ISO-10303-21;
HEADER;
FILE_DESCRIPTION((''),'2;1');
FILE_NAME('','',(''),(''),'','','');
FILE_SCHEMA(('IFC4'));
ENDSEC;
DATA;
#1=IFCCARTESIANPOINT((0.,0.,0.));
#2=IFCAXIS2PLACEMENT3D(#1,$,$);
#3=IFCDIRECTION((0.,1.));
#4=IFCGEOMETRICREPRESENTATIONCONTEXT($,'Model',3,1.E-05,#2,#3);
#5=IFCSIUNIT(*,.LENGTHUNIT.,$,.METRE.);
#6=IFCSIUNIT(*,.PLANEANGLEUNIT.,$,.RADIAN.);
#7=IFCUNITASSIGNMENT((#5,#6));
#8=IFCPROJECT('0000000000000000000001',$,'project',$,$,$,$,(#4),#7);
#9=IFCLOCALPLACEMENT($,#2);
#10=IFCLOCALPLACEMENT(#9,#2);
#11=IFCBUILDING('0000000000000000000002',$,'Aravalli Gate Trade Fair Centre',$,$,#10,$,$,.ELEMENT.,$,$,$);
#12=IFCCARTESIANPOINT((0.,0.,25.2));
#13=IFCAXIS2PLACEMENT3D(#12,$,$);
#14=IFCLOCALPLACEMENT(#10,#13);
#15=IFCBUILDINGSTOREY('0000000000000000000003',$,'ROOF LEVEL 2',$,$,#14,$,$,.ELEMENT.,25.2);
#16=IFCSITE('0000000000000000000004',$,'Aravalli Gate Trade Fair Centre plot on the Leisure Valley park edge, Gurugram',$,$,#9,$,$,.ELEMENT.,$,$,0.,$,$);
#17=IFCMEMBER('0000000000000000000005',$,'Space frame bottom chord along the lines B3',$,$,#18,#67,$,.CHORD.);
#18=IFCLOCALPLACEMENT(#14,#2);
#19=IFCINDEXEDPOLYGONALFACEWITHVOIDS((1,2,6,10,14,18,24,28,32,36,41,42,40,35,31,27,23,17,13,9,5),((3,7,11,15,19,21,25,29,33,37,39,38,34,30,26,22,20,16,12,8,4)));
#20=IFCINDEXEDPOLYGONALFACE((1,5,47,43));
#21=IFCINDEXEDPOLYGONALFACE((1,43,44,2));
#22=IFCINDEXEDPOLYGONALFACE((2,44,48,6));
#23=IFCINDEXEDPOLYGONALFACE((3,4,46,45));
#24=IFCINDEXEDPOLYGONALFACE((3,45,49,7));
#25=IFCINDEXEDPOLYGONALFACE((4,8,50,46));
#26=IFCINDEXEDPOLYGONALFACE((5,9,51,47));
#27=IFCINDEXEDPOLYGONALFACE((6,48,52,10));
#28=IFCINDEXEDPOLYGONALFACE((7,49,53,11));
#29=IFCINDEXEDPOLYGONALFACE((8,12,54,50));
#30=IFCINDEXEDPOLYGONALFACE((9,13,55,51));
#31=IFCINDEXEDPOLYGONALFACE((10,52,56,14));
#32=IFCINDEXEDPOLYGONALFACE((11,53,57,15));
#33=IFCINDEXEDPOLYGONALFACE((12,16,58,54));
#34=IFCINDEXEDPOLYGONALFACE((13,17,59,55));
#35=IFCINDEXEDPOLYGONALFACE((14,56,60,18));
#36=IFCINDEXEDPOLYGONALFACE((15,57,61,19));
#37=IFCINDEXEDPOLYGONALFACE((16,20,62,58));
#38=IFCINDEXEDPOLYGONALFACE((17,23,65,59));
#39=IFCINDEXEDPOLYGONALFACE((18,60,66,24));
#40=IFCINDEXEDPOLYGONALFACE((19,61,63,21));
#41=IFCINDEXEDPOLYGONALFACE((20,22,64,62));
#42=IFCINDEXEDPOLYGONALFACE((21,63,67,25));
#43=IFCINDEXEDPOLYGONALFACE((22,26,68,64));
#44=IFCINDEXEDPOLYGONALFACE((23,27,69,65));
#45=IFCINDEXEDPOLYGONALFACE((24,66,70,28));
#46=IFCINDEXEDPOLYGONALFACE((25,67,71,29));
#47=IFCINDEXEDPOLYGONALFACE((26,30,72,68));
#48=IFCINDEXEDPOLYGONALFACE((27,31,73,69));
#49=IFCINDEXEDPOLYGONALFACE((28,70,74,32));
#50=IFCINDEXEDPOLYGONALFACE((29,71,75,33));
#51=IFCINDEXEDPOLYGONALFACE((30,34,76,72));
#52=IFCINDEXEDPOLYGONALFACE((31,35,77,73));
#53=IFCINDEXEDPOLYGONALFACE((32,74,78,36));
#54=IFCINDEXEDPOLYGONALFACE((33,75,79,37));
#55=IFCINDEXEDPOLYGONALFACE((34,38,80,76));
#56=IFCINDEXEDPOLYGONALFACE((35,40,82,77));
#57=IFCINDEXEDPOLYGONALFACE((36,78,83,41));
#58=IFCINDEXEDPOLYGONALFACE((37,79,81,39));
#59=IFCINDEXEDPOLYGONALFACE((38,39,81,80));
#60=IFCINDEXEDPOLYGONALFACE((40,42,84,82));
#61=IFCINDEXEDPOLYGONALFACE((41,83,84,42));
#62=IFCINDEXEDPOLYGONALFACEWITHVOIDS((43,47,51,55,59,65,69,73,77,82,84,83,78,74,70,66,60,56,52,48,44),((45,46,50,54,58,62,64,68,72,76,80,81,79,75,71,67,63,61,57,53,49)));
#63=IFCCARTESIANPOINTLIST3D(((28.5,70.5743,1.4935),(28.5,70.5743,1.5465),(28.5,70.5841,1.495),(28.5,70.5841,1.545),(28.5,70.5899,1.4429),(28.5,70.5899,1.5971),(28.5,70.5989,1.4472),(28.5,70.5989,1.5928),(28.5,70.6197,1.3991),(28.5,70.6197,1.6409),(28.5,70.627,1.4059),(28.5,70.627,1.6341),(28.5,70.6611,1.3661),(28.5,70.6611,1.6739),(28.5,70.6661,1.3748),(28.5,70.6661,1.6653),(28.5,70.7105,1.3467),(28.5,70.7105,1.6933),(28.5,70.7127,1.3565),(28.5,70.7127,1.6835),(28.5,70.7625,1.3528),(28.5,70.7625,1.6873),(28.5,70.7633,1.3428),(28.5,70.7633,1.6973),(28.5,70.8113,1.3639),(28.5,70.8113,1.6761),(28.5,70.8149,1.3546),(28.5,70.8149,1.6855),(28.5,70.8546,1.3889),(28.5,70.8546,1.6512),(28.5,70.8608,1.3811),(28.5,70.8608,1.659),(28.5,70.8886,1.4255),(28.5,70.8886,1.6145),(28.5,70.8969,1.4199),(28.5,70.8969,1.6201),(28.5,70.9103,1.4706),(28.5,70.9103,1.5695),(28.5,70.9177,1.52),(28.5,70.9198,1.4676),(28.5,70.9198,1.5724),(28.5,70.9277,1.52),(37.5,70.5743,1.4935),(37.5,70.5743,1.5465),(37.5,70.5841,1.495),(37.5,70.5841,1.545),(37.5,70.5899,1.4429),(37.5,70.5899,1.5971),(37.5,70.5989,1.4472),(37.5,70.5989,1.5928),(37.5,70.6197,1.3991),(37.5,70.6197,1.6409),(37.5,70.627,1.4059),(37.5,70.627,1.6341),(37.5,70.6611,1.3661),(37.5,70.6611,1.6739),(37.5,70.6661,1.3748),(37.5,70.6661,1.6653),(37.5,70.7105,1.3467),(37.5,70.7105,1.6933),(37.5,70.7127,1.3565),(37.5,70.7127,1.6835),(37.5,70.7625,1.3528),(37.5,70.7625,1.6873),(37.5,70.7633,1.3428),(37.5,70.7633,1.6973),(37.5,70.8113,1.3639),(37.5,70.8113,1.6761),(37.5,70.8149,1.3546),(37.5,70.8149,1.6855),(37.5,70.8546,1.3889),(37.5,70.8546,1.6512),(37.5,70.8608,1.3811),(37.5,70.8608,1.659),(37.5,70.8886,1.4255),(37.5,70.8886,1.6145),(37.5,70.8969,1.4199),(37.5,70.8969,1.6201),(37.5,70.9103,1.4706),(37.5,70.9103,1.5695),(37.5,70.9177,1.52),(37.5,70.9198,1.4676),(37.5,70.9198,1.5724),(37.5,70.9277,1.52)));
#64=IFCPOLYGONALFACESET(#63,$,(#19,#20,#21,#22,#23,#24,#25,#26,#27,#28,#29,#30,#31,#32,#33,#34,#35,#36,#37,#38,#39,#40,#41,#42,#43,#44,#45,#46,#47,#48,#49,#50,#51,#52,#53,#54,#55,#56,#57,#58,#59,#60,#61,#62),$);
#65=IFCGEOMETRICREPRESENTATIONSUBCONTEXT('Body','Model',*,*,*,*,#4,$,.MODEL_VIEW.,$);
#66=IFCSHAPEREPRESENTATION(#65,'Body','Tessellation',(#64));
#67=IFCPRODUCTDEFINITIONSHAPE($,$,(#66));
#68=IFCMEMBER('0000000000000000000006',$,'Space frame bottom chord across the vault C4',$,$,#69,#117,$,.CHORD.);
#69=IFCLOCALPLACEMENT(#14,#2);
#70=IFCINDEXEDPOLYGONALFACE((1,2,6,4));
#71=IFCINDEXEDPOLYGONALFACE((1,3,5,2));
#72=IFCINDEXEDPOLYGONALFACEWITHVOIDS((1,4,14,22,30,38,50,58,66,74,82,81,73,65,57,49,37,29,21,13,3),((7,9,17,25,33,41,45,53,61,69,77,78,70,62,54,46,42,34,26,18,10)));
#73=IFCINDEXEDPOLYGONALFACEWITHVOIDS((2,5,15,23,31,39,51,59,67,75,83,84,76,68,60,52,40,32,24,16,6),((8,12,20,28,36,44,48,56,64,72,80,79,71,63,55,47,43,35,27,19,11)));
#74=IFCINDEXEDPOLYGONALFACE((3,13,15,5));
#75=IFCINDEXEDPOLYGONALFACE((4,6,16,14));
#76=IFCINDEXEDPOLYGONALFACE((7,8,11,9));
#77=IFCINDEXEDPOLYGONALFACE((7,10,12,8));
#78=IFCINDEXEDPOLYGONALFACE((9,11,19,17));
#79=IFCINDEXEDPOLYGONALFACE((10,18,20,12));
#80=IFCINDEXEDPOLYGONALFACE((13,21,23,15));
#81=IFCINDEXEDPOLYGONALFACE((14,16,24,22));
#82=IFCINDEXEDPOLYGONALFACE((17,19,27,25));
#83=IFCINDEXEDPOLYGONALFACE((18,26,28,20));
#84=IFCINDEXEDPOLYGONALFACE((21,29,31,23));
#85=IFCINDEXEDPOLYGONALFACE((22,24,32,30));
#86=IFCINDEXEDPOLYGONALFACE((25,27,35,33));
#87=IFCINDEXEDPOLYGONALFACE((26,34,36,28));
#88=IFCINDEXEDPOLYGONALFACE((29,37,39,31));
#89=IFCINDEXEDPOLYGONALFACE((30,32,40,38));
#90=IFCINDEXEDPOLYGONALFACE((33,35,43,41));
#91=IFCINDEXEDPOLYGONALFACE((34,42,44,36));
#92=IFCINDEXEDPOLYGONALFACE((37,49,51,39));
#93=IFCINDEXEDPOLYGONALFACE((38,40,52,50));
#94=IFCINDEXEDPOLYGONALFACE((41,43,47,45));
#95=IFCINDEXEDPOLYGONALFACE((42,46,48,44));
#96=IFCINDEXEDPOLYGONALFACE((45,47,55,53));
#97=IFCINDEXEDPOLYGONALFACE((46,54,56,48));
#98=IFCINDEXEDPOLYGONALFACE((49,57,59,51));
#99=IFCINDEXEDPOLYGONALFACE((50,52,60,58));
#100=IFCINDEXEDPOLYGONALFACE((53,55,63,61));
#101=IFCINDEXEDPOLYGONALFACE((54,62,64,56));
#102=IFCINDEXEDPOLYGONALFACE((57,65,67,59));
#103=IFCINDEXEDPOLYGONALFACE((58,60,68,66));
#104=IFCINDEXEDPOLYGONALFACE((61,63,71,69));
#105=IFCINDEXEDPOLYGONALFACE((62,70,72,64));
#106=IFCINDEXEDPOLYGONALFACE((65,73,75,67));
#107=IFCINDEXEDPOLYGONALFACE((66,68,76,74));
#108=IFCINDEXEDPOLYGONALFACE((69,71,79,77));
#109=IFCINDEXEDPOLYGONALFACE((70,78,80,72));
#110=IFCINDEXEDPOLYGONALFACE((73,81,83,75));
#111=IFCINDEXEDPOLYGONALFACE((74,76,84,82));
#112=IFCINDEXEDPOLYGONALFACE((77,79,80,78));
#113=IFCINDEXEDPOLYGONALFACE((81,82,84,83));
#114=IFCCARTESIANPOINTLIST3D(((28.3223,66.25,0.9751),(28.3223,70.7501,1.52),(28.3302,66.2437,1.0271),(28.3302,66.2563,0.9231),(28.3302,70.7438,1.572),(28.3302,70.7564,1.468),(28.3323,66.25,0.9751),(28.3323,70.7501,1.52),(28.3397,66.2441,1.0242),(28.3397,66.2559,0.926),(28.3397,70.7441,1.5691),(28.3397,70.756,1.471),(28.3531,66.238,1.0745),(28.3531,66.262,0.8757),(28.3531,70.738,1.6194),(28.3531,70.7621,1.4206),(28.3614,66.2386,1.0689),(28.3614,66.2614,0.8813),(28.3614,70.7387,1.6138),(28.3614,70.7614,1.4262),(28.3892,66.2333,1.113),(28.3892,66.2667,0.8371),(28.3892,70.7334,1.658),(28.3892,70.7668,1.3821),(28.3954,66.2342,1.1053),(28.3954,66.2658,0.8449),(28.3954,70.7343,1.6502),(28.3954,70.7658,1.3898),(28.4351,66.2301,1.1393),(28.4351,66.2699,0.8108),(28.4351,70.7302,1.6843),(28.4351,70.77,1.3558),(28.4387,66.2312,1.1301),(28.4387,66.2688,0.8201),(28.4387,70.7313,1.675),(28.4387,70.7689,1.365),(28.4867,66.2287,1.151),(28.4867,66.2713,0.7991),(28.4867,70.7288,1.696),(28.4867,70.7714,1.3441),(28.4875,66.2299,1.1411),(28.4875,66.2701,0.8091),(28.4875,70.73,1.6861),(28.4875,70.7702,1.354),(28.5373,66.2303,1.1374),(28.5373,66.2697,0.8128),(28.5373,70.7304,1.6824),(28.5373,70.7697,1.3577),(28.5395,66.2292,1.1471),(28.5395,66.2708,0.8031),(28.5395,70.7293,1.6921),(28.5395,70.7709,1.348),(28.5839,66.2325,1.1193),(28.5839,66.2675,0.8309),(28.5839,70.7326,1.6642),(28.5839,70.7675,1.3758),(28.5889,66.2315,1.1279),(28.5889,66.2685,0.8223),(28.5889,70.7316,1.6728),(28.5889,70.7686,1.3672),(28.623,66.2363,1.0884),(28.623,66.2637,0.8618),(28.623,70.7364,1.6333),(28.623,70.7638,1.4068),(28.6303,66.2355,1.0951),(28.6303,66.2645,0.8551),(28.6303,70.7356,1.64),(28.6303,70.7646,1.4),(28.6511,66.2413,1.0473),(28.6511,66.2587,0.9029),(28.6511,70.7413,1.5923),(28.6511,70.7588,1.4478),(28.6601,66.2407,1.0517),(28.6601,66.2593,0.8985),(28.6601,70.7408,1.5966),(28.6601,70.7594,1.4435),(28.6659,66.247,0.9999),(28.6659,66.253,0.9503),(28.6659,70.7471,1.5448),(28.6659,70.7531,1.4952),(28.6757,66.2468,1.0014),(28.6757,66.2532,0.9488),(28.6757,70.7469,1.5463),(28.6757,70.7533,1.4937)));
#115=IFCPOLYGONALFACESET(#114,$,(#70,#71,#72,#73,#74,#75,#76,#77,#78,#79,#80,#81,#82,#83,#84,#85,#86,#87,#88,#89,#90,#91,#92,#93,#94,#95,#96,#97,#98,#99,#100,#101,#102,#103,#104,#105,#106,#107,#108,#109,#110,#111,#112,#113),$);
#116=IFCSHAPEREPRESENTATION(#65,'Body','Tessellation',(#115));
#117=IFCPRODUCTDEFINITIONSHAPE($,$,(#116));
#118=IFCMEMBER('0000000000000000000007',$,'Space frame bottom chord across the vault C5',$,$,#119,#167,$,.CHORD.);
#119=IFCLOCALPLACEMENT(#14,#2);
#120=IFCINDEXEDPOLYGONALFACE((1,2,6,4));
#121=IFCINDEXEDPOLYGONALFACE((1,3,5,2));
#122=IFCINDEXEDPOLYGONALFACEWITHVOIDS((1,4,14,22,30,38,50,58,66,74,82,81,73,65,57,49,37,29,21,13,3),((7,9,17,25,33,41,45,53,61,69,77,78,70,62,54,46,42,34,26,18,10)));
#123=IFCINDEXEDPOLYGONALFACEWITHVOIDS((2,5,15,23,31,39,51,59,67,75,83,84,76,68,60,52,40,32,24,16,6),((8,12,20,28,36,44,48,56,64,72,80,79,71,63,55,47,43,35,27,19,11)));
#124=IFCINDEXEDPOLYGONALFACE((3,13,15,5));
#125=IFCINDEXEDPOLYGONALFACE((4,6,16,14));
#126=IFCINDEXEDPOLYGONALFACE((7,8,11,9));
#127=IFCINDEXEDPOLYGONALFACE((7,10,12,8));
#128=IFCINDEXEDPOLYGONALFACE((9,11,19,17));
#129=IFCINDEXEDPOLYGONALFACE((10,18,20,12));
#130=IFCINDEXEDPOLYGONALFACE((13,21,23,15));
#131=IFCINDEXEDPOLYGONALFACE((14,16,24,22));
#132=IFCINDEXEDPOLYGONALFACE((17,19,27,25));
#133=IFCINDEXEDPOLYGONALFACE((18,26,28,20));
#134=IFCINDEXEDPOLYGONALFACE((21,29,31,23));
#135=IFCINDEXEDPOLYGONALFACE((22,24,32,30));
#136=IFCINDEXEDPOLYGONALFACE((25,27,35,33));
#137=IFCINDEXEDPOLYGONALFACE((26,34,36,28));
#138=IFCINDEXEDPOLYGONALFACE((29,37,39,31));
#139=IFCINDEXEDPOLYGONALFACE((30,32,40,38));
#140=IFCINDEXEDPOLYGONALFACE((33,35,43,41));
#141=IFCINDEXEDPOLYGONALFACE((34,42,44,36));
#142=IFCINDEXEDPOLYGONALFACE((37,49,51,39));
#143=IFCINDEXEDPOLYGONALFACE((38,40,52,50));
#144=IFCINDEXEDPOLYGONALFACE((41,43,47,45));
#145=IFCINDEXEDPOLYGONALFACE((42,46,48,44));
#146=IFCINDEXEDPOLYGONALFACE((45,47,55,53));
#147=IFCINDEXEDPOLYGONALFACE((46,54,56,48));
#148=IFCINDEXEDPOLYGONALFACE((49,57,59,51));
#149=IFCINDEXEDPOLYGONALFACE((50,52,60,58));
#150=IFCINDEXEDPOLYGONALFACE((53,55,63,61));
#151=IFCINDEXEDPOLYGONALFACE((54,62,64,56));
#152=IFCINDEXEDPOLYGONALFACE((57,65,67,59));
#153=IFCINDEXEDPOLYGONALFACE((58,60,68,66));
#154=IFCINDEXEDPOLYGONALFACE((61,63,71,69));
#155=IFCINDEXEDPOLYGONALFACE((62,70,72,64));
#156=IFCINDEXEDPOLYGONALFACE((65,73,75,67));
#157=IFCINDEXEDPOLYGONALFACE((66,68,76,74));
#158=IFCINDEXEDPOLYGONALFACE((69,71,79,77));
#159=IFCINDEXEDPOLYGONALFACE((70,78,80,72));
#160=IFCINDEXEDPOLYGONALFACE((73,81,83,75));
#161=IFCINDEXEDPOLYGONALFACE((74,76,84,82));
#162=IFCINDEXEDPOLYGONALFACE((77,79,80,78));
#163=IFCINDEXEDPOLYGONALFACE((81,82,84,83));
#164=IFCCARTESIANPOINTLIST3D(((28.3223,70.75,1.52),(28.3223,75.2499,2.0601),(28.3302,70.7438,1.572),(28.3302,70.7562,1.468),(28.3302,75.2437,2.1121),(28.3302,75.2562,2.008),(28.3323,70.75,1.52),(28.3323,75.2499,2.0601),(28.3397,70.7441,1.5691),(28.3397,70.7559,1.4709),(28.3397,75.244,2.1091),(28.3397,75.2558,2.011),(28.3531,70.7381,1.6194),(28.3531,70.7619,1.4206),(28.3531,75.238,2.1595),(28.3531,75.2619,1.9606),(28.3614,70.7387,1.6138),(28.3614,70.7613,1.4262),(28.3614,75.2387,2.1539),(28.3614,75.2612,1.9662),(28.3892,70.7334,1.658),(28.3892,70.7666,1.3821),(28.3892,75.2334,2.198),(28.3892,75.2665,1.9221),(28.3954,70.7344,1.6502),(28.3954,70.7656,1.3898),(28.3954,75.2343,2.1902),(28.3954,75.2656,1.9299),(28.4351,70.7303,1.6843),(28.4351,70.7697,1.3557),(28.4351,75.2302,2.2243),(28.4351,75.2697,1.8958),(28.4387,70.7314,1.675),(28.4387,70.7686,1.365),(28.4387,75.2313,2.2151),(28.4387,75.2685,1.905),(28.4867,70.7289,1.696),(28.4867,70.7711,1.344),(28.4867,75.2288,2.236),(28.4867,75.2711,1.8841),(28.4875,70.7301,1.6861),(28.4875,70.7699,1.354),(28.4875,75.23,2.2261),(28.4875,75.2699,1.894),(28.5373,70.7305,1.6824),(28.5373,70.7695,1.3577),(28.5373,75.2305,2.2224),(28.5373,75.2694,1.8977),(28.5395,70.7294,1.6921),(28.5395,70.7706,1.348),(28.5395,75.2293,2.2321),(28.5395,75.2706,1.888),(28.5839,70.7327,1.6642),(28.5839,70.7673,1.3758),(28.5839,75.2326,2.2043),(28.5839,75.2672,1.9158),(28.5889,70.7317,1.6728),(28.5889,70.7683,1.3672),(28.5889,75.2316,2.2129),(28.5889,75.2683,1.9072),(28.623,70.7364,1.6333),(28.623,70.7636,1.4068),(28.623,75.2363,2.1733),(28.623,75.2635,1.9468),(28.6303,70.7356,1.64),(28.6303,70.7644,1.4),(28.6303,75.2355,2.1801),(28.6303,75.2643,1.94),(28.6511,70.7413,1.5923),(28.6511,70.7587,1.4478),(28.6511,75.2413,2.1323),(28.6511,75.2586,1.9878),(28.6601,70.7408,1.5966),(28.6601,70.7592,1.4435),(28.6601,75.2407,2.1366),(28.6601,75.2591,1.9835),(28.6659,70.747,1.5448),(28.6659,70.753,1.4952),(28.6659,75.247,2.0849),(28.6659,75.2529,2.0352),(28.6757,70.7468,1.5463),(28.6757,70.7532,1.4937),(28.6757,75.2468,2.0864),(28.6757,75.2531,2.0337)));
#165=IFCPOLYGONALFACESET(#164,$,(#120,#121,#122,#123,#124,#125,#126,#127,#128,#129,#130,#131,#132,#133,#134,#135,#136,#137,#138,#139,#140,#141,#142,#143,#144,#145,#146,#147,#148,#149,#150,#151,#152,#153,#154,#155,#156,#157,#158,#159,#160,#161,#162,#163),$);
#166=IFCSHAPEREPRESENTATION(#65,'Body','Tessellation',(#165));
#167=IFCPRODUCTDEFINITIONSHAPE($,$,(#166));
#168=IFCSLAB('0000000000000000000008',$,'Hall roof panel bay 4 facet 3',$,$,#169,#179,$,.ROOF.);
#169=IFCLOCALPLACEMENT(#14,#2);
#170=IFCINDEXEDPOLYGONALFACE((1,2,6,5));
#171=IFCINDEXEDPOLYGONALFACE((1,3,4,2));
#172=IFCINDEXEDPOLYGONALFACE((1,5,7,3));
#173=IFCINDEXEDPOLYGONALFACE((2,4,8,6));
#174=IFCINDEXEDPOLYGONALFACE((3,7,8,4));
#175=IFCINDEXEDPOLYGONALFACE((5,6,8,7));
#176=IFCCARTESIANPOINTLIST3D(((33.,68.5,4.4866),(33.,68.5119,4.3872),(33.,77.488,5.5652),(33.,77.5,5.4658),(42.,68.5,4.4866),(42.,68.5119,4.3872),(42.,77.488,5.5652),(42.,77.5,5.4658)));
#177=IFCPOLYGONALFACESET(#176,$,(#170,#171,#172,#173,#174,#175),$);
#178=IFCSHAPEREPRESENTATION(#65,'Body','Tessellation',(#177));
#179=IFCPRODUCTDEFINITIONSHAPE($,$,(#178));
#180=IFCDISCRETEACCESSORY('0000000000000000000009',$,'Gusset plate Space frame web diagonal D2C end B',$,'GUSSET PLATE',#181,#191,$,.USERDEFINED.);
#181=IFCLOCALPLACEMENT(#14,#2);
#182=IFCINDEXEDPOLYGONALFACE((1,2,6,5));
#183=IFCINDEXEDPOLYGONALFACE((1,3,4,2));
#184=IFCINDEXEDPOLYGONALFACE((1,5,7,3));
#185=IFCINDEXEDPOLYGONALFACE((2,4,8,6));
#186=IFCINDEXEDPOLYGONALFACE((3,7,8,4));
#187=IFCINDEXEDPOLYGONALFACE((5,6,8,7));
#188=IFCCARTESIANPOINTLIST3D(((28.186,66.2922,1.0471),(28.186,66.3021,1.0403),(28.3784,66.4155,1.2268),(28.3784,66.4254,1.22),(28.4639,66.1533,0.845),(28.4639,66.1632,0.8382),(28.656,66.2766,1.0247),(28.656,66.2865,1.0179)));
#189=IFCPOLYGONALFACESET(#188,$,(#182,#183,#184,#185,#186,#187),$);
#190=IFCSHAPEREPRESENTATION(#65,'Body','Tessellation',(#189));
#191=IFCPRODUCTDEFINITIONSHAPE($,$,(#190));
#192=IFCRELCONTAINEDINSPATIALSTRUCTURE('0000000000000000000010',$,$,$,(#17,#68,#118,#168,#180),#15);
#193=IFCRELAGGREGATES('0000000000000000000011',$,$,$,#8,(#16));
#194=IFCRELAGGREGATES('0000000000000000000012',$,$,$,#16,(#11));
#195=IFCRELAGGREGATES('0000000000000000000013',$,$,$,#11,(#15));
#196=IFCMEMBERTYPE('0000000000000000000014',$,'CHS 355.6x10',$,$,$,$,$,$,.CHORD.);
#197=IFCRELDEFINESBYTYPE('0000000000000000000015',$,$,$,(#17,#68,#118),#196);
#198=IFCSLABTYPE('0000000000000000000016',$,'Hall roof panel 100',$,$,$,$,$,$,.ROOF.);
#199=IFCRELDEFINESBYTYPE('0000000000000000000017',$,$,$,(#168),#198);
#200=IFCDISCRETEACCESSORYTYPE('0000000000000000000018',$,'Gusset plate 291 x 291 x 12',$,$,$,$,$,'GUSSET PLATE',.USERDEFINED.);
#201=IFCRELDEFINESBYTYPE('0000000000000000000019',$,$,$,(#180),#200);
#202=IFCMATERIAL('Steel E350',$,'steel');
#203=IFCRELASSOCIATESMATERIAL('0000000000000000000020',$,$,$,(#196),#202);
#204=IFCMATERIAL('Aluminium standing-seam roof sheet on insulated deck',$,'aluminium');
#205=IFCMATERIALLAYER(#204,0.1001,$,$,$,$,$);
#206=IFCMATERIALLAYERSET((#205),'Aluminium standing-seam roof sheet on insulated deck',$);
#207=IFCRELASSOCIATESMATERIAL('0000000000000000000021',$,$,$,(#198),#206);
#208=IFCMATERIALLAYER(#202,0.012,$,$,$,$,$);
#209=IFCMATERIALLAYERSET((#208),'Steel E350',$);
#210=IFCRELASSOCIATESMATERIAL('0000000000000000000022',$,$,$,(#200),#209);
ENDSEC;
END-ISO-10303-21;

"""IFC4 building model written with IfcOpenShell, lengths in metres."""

from ifc_helpers import new_model, si_unit, direction, frame, origin, origin_2d, place, context, subcontext, project, spatial, polyline, hollow_circle, outline, extrude, material, layer, layer_set, material_profile, profile_set, type_object, element, save


model = new_model("IFC4")

# Units and contexts
model_context = context("Model", 3, precision=1e-05, world=origin(), true_north=direction((0.0, 1.0)))
body_context = subcontext(model_context, "Body", "Model", "MODEL_VIEW")
ifc_project = project(units=[si_unit("LENGTHUNIT", "METRE"), si_unit("PLANEANGLEUNIT", "RADIAN")], contexts=[model_context])

# Site, building, storey
site_placement = place(None, origin())
site = spatial("IfcSite", under=ifc_project, at=site_placement, Name="Aravalli Gate Trade Fair Centre plot on the Leisure Valley park edge, Gurugram", CompositionType="ELEMENT", RefElevation=0.0)
building_placement = place(site_placement, origin())
building = spatial("IfcBuilding", under=site, at=building_placement, Name="Aravalli Gate Trade Fair Centre", CompositionType="ELEMENT")
storey_placement = place(building_placement, frame((0.0, 0.0, 25.2)))
storey = spatial("IfcBuildingStorey", under=building, at=storey_placement, Name="ROOF LEVEL 2", CompositionType="ELEMENT", Elevation=25.2)

# Members
ifc_material_1 = material(Name="Steel E350", Category="steel")
ifc_material_profile_1 = material_profile(ifc_material_1, hollow_circle(Radius=0.1777, WallThickness=0.01, at=origin_2d()), Name="CHS 355.6x10")
ifc_profile_set_1 = profile_set([ifc_material_profile_1], Name="Steel E350")
member_type_1 = type_object("IfcMemberType", Name="CHS 355.6x10", PredefinedType="CHORD", material=ifc_profile_set_1)
for number, where, z_axis, x_axis, name in (
    (1, (28.5, 70.75, 1.52), (1.0, 0.0, 0.0), (0.0, 1.0, 0.0), "Space frame bottom chord along the lines B3"),
):
    element("IfcMember", number, at=place(storey_placement, frame(where, z_axis=z_axis, x_axis=x_axis)), inside=storey, type_object=member_type_1, Name=name, PredefinedType="CHORD", context=body_context, shape_type="SweptSolid", body=[
        extrude(hollow_circle(Radius=0.1777, WallThickness=0.01, at=origin_2d()), origin(), (0.0, 0.0, 1.0), 9.0),
    ])
member_1_placement = place(storey_placement, frame((28.5, 66.25, 0.9751), z_axis=(0.0, 0.992748, 0.120216), x_axis=(-1.0, 0.0, 0.0)))
element("IfcMember", 2, at=member_1_placement, inside=storey, type_object=member_type_1, Name="Space frame bottom chord across the vault C4", PredefinedType="CHORD", context=body_context, shape_type="SweptSolid", body=[
    extrude(hollow_circle(Radius=0.1777, WallThickness=0.01, at=origin_2d()), origin(), (0.0, 0.0, 1.0), 4.533),
])
member_2_placement = place(storey_placement, frame((28.5, 70.75, 1.52), z_axis=(0.0, 0.992876, 0.119154), x_axis=(-1.0, 0.0, 0.0)))
element("IfcMember", 3, at=member_2_placement, inside=storey, type_object=member_type_1, Name="Space frame bottom chord across the vault C5", PredefinedType="CHORD", context=body_context, shape_type="SweptSolid", body=[
    extrude(hollow_circle(Radius=0.1777, WallThickness=0.01, at=origin_2d()), origin(), (0.0, 0.0, 1.0), 4.5322),
])

# Slab
ifc_material_2 = material(Name="Aluminium standing-seam roof sheet on insulated deck", Category="aluminium")
ifc_layer_1 = layer(ifc_material_2, 0.1001)
ifc_layer_set_1 = layer_set([ifc_layer_1], Name="Aluminium standing-seam roof sheet on insulated deck")
slab_type = type_object("IfcSlabType", Name="Hall roof panel 100", PredefinedType="ROOF", material=ifc_layer_set_1)
slab_placement = place(storey_placement, frame((33.0, 68.5, 4.4866), z_axis=(0.0, -0.119151, 0.992876), x_axis=(1.0, 0.0, 0.0)))
element("IfcSlab", 4, at=slab_placement, inside=storey, type_object=slab_type, Name="Hall roof panel bay 4 facet 3", PredefinedType="ROOF", context=body_context, shape_type="SweptSolid", body=[
    extrude(outline(polyline([(0.0, 0.0), (9.0, 0.0), (9.0, 9.0525), (0.0, 9.0525), (0.0, 0.0)])), origin(), (0.0, 0.0, -1.0), 0.1001),
])

# Discrete accessory
ifc_layer_2 = layer(ifc_material_1, 0.012)
ifc_layer_set_2 = layer_set([ifc_layer_2], Name="Steel E350")
discrete_accessory_type = type_object("IfcDiscreteAccessoryType", Name="Gusset plate 291 x 291 x 12", ElementType="GUSSET PLATE", PredefinedType="USERDEFINED", material=ifc_layer_set_2)
discrete_accessory_1_placement = place(storey_placement, frame((28.186, 66.2922, 1.0471), z_axis=(-0.000356, -0.824387, 0.566027), x_axis=(0.74966, -0.37483, -0.545447)))
element("IfcDiscreteAccessory", 5, at=discrete_accessory_1_placement, inside=storey, type_object=discrete_accessory_type, Name="Gusset plate Space frame web diagonal D2C end B", ObjectType="GUSSET PLATE", PredefinedType="USERDEFINED", context=body_context, shape_type="SweptSolid", body=[
    extrude(outline(polyline([(0.0, 0.0), (0.3706, 0.0), (0.3704, 0.2905), (0.0, 0.2907), (0.0, 0.0)])), origin(), (0.0, 0.0, -1.0), 0.012),
])

save(model, "model.ifc")
